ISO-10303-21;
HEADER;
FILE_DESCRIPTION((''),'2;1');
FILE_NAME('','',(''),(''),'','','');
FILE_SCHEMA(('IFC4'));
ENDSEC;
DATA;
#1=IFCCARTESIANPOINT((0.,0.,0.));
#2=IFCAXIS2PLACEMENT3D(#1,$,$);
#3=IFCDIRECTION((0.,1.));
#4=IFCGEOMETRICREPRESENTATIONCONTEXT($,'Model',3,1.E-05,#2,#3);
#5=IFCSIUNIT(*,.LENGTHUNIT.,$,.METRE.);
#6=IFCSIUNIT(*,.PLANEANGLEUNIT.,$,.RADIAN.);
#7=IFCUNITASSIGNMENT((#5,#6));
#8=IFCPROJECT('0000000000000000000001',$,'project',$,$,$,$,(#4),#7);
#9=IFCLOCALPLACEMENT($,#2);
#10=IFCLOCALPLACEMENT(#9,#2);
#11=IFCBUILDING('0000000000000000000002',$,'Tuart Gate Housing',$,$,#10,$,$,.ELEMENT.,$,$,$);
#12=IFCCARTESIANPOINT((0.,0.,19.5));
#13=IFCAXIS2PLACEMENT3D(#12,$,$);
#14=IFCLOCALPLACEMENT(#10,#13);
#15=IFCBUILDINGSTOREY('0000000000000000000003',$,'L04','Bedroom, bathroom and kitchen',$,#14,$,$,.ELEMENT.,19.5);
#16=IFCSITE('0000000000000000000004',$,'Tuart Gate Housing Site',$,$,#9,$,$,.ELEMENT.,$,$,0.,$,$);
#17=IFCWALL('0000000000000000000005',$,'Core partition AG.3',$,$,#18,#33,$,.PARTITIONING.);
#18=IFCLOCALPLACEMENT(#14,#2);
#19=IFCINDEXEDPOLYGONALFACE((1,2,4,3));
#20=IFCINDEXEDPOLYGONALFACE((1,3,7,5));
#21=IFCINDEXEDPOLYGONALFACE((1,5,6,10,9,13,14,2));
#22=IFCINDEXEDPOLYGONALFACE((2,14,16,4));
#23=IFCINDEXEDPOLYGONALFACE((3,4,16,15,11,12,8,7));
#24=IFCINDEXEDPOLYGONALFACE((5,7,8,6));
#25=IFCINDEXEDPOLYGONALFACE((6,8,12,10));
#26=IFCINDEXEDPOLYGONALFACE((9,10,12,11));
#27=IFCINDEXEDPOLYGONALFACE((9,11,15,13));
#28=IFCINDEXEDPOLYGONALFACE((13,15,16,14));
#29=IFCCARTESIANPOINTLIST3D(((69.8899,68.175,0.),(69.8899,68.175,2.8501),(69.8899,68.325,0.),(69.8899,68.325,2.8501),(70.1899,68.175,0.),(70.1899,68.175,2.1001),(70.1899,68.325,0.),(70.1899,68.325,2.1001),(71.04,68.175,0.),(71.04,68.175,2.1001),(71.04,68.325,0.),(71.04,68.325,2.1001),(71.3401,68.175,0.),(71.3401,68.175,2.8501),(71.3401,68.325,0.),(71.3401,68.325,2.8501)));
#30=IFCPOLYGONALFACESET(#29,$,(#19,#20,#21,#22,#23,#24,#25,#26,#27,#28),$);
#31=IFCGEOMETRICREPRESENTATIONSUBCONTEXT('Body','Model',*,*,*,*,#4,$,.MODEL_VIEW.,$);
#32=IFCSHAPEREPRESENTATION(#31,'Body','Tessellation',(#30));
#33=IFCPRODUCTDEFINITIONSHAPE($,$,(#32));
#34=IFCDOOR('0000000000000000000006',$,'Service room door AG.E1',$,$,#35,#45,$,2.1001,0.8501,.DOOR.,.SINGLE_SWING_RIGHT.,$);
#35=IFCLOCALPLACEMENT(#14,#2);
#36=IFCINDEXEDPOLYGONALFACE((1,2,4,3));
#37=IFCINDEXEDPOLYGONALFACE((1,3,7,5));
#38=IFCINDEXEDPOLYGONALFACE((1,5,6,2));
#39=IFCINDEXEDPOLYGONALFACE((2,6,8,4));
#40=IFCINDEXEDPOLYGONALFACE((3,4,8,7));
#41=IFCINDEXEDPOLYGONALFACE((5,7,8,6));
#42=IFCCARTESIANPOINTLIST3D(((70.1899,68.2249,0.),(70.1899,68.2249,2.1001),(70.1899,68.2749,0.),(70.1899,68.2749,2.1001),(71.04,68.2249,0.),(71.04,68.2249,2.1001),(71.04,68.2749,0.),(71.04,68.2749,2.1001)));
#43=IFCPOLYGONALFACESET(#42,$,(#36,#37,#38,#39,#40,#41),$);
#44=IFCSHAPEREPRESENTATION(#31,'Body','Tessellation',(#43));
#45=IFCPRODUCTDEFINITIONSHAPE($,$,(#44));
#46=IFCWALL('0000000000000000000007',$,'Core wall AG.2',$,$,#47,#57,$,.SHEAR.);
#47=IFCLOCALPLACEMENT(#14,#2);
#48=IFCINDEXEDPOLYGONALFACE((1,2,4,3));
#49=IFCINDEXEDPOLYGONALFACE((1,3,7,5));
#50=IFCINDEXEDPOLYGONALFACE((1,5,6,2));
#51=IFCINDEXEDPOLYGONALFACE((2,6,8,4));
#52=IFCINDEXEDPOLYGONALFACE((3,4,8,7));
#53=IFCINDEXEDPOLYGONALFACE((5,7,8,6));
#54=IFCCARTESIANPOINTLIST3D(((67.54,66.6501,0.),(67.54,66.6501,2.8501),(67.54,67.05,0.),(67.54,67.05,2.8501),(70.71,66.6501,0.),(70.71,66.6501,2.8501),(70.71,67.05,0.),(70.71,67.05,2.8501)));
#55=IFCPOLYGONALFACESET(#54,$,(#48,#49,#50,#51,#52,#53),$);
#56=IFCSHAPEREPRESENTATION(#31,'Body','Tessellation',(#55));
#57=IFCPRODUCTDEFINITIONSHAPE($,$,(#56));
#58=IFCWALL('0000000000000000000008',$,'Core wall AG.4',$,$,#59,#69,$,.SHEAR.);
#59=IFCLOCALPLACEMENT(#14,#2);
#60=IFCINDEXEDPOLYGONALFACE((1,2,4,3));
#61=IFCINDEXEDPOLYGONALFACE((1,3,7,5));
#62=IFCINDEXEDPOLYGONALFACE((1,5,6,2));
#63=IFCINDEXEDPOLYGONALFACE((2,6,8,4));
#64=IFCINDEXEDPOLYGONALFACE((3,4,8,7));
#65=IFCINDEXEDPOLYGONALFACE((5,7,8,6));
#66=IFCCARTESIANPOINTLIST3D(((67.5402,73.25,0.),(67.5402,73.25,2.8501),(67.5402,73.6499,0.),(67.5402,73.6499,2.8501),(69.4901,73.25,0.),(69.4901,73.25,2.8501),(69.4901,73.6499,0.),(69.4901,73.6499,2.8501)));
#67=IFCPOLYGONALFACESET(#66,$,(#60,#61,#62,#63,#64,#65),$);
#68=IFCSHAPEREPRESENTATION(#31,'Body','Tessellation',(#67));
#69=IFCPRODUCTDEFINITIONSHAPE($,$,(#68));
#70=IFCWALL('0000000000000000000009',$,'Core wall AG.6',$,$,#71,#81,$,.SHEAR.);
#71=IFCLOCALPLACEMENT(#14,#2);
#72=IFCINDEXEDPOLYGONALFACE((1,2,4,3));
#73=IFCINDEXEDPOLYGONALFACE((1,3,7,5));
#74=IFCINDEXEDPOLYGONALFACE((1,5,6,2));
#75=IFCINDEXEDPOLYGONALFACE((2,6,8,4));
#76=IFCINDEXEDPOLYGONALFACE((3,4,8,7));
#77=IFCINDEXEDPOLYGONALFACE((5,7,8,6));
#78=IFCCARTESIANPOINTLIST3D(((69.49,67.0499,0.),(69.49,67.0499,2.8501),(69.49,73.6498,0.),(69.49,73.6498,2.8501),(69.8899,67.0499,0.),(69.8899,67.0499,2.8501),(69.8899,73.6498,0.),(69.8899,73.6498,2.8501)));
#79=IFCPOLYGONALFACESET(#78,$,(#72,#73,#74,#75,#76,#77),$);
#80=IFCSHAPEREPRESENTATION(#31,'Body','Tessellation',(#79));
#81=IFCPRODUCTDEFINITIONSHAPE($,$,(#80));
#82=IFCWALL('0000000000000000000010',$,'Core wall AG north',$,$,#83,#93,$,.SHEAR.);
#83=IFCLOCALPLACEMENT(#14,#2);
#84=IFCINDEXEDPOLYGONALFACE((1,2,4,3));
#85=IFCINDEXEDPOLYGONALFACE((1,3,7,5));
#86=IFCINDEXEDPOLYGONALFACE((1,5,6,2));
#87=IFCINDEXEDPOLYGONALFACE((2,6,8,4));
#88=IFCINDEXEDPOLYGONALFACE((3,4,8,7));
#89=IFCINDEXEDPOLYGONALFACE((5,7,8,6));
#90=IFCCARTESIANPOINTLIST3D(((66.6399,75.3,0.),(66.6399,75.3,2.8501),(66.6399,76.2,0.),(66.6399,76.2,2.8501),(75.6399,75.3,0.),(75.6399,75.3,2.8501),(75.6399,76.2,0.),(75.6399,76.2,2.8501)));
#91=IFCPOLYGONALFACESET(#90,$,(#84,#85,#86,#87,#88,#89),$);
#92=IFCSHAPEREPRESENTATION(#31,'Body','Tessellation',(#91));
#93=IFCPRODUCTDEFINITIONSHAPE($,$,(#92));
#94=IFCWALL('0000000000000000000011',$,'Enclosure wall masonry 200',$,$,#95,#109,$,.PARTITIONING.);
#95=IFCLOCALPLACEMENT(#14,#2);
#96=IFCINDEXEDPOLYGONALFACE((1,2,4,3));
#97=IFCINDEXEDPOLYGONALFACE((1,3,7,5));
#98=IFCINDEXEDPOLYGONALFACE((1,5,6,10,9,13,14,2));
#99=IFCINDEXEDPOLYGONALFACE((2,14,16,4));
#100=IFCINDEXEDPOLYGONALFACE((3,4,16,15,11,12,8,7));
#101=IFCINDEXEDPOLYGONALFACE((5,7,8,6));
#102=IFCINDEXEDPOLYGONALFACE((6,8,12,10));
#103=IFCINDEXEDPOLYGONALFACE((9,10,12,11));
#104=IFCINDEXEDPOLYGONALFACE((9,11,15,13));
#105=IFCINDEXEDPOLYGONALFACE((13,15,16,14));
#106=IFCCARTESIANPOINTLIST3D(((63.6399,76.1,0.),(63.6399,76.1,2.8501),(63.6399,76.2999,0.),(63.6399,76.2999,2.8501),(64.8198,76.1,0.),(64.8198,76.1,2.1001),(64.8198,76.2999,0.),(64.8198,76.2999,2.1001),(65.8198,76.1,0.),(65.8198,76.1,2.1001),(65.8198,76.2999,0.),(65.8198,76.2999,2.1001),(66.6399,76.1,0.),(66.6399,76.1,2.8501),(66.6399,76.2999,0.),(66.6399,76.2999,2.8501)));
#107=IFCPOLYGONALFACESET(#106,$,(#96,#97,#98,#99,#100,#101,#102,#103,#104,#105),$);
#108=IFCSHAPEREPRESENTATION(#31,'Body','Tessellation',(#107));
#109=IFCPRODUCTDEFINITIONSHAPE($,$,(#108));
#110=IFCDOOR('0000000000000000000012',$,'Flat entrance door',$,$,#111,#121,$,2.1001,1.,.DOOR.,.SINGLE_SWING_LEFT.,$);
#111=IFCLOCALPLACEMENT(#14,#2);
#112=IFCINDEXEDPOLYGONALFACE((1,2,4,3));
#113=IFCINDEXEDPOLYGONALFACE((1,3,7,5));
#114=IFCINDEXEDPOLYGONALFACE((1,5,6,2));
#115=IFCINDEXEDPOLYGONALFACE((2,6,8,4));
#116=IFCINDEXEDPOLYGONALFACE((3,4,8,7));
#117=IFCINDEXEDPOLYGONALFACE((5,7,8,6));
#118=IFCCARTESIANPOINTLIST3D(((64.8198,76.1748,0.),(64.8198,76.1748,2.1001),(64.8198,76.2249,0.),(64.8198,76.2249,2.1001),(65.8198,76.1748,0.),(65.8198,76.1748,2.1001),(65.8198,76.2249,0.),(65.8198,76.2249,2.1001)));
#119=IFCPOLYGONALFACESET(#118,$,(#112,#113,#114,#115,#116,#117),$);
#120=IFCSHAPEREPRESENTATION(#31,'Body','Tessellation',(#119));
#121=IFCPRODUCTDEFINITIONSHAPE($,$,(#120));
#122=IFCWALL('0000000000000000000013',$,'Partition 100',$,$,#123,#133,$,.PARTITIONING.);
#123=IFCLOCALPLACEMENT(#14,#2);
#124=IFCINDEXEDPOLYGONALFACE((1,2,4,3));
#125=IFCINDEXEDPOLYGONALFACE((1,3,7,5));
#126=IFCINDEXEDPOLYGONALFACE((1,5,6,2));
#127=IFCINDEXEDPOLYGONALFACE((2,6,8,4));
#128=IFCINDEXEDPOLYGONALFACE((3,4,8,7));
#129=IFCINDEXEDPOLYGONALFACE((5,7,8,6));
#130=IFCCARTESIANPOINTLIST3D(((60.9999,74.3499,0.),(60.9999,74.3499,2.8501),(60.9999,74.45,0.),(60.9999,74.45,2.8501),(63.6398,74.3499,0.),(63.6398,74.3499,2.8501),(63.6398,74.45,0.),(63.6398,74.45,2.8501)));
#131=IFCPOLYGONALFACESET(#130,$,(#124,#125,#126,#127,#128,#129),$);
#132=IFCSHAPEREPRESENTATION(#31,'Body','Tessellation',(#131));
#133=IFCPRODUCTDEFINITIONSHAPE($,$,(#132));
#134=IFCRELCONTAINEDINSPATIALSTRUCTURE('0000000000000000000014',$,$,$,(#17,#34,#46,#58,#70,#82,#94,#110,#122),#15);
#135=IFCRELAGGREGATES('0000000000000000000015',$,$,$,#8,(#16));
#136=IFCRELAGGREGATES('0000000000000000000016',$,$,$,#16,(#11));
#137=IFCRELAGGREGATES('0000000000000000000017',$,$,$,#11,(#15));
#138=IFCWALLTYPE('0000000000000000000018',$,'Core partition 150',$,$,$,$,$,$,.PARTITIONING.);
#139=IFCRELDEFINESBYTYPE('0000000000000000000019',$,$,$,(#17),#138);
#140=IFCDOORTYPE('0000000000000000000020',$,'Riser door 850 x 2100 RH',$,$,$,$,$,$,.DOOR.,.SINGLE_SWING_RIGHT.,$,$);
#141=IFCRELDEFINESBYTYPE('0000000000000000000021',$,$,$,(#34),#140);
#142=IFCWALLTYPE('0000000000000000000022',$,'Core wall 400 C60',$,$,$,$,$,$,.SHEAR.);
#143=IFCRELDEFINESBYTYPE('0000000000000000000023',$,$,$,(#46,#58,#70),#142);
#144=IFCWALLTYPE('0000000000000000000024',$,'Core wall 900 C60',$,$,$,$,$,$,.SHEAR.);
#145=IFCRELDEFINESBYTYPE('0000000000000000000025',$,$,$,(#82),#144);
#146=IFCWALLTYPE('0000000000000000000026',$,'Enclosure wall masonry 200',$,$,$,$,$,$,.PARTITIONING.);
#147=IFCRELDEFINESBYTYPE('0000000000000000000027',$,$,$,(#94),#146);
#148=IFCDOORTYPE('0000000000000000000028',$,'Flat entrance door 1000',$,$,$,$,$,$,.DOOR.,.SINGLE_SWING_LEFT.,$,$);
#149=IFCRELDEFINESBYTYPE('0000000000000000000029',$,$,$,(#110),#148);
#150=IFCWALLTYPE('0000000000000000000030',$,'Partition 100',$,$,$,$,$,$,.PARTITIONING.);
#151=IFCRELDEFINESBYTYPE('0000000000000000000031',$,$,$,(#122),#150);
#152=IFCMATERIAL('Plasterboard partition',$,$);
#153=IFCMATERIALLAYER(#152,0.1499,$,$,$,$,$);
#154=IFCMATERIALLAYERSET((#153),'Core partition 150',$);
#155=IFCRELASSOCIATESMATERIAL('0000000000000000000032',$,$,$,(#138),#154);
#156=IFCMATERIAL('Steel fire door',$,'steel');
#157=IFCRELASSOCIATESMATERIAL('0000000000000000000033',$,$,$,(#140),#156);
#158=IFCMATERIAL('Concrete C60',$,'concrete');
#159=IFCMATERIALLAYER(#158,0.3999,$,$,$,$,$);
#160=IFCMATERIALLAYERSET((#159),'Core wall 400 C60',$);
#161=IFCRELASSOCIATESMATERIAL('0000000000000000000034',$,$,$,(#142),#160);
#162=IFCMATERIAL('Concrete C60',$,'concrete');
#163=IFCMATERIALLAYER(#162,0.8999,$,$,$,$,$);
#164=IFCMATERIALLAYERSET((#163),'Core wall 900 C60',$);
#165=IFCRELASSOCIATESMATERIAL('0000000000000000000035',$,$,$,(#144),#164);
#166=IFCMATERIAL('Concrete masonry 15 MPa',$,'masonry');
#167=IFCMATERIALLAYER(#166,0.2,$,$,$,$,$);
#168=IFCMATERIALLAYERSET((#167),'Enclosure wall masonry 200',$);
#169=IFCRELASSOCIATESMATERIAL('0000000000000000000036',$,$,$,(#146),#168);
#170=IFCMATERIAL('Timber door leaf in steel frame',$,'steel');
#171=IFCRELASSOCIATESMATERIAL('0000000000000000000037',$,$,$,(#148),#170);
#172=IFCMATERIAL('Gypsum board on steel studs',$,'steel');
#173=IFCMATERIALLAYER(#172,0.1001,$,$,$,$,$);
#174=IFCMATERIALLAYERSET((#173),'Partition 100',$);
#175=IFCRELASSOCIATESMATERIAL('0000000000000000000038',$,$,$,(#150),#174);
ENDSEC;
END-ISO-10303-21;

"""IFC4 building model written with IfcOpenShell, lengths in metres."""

from ifc_helpers import new_model, si_unit, direction, frame, frame_2d, origin, place, context, subcontext, project, spatial, rectangle, extrude, material, layer, layer_set, type_object, element, fill, save


model = new_model("IFC4")

# Units and contexts
model_context = context("Model", 3, precision=1e-05, world=origin(), true_north=direction((0.0, 1.0)))
body_context = subcontext(model_context, "Body", "Model", "MODEL_VIEW")
ifc_project = project(units=[si_unit("LENGTHUNIT", "METRE"), si_unit("PLANEANGLEUNIT", "RADIAN")], contexts=[model_context])

# Site, building, storey
site_placement = place(None, origin())
site = spatial("IfcSite", under=ifc_project, at=site_placement, Name="Tuart Gate Housing Site", CompositionType="ELEMENT", RefElevation=0.0)
building_placement = place(site_placement, origin())
building = spatial("IfcBuilding", under=site, at=building_placement, Name="Tuart Gate Housing", CompositionType="ELEMENT")
storey_placement = place(building_placement, frame((0.0, 0.0, 19.5)))
storey = spatial("IfcBuildingStorey", under=building, at=storey_placement, Name="L04", Description="Bedroom, bathroom and kitchen", CompositionType="ELEMENT", Elevation=19.5)

# Wall, opening, door
ifc_material_1 = material(Name="Plasterboard partition")
ifc_layer_1 = layer(ifc_material_1, 0.1499)
ifc_layer_set_1 = layer_set([ifc_layer_1], Name="Core partition 150")
wall_type_1 = type_object("IfcWallType", Name="Core partition 150", PredefinedType="PARTITIONING", material=ifc_layer_set_1)
wall_1_placement = place(storey_placement, frame((69.8899, 68.25, 0.0), z_axis=(0.0, 0.0, 1.0), x_axis=(1.0, 0.0, 0.0)))
wall_1 = element("IfcWall", 1, at=wall_1_placement, inside=storey, type_object=wall_type_1, Name="Core partition AG.3", PredefinedType="PARTITIONING", context=body_context, shape_type="SweptSolid", body=[
    extrude(rectangle(XDim=1.4502, YDim=0.1499, at=frame_2d((0.7251, 0.0))), origin(), (0.0, 0.0, 1.0), 2.8501),
])
opening_1_placement = place(wall_1_placement, frame((0.3, 0.0, 0.0)))
opening_1 = element("IfcOpeningElement", 2, at=opening_1_placement, cuts=wall_1, PredefinedType="OPENING", context=body_context, shape_type="SweptSolid", body=[
    extrude(rectangle(XDim=0.8501, YDim=2.1001, at=frame_2d((0.425, 1.05))), frame((0.0, 0.085, 0.0), z_axis=(0.0, -1.0, 0.0), x_axis=(1.0, 0.0, 0.0)), (0.0, 0.0, 1.0), 0.1699),
])
ifc_material_2 = material(Name="Steel fire door", Category="steel")
door_type_1 = type_object("IfcDoorType", Name="Riser door 850 x 2100 RH", OperationType="SINGLE_SWING_RIGHT", PredefinedType="DOOR", material=ifc_material_2)
door_1_placement = place(opening_1_placement, frame((0.8501, 0.0, 0.0), z_axis=(0.0, 0.0, 1.0), x_axis=(-1.0, 0.0, 0.0)))
door_1 = element("IfcDoor", 3, at=door_1_placement, inside=storey, type_object=door_type_1, Name="Service room door AG.E1", OperationType="SINGLE_SWING_RIGHT", OverallHeight=2.1001, OverallWidth=0.8501, PredefinedType="DOOR", context=body_context, shape_type="SweptSolid", body=[
    extrude(rectangle(XDim=0.8501, YDim=2.1001, at=frame_2d((0.425, 1.05))), frame((0.0, 0.0251, 0.0), z_axis=(0.0, -1.0, 0.0), x_axis=(1.0, 0.0, 0.0)), (0.0, 0.0, 1.0), 0.05),
])
fill(opening_1, door_1)

# Walls
ifc_material_3 = material(Name="Concrete C60", Category="concrete")
ifc_layer_2 = layer(ifc_material_3, 0.3999)
ifc_layer_set_2 = layer_set([ifc_layer_2], Name="Core wall 400 C60")
wall_type_2 = type_object("IfcWallType", Name="Core wall 400 C60", PredefinedType="SHEAR", material=ifc_layer_set_2)
wall_2_placement = place(storey_placement, frame((67.54, 66.8501, 0.0), z_axis=(0.0, 0.0, 1.0), x_axis=(1.0, 0.0, 0.0)))
element("IfcWall", 4, at=wall_2_placement, inside=storey, type_object=wall_type_2, Name="Core wall AG.2", PredefinedType="SHEAR", context=body_context, shape_type="SweptSolid", body=[
    extrude(rectangle(XDim=3.1699, YDim=0.3999, at=frame_2d((1.585, 0.0))), origin(), (0.0, 0.0, 1.0), 2.8501),
])
wall_3_placement = place(storey_placement, frame((67.54, 73.45, 0.0), z_axis=(0.0, 0.0, 1.0), x_axis=(1.0, 0.0, 0.0)))
element("IfcWall", 5, at=wall_3_placement, inside=storey, type_object=wall_type_2, Name="Core wall AG.4", PredefinedType="SHEAR", context=body_context, shape_type="SweptSolid", body=[
    extrude(rectangle(XDim=1.95, YDim=0.3999, at=frame_2d((0.9751, 0.0))), origin(), (0.0, 0.0, 1.0), 2.8501),
])
wall_4_placement = place(storey_placement, frame((69.6899, 67.05, 0.0), z_axis=(0.0, 0.0, 1.0), x_axis=(0.0, 1.0, 0.0)))
element("IfcWall", 6, at=wall_4_placement, inside=storey, type_object=wall_type_2, Name="Core wall AG.6", PredefinedType="SHEAR", context=body_context, shape_type="SweptSolid", body=[
    extrude(rectangle(XDim=6.5999, YDim=0.3999, at=frame_2d((3.2998, 0.0))), origin(), (0.0, 0.0, 1.0), 2.8501),
])
ifc_material_4 = material(Name="Concrete C60", Category="concrete")
ifc_layer_3 = layer(ifc_material_4, 0.8999)
ifc_layer_set_3 = layer_set([ifc_layer_3], Name="Core wall 900 C60")
wall_type_3 = type_object("IfcWallType", Name="Core wall 900 C60", PredefinedType="SHEAR", material=ifc_layer_set_3)
wall_5_placement = place(storey_placement, frame((66.6399, 75.75, 0.0), z_axis=(0.0, 0.0, 1.0), x_axis=(1.0, 0.0, 0.0)))
element("IfcWall", 7, at=wall_5_placement, inside=storey, type_object=wall_type_3, Name="Core wall AG north", PredefinedType="SHEAR", context=body_context, shape_type="SweptSolid", body=[
    extrude(rectangle(XDim=9.0, YDim=0.8999, at=frame_2d((4.5, 0.0))), origin(), (0.0, 0.0, 1.0), 2.8501),
])

# Wall, opening, door
ifc_material_5 = material(Name="Concrete masonry 15 MPa", Category="masonry")
ifc_layer_4 = layer(ifc_material_5, 0.2)
ifc_layer_set_4 = layer_set([ifc_layer_4], Name="Enclosure wall masonry 200")
wall_type_4 = type_object("IfcWallType", Name="Enclosure wall masonry 200", PredefinedType="PARTITIONING", material=ifc_layer_set_4)
wall_6_placement = place(storey_placement, frame((63.6399, 76.2, 0.0), z_axis=(0.0, 0.0, 1.0), x_axis=(1.0, 0.0, 0.0)))
wall_6 = element("IfcWall", 8, at=wall_6_placement, inside=storey, type_object=wall_type_4, Name="Enclosure wall masonry 200", PredefinedType="PARTITIONING", context=body_context, shape_type="SweptSolid", body=[
    extrude(rectangle(XDim=3.0, YDim=0.2, at=frame_2d((1.5, 0.0))), origin(), (0.0, 0.0, 1.0), 2.8501),
])
opening_2_placement = place(wall_6_placement, frame((1.1799, 0.0, 0.0)))
opening_2 = element("IfcOpeningElement", 9, at=opening_2_placement, cuts=wall_6, PredefinedType="OPENING", context=body_context, shape_type="SweptSolid", body=[
    extrude(rectangle(XDim=1.0, YDim=2.1001, at=frame_2d((0.5, 1.05))), frame((0.0, 0.1099, 0.0), z_axis=(0.0, -1.0, 0.0), x_axis=(1.0, 0.0, 0.0)), (0.0, 0.0, 1.0), 0.22),
])
ifc_material_6 = material(Name="Timber door leaf in steel frame", Category="steel")
door_type_2 = type_object("IfcDoorType", Name="Flat entrance door 1000", OperationType="SINGLE_SWING_LEFT", PredefinedType="DOOR", material=ifc_material_6)
door_2_placement = place(opening_2_placement, origin())
door_2 = element("IfcDoor", 10, at=door_2_placement, inside=storey, type_object=door_type_2, Name="Flat entrance door", OperationType="SINGLE_SWING_LEFT", OverallHeight=2.1001, OverallWidth=1.0, PredefinedType="DOOR", context=body_context, shape_type="SweptSolid", body=[
    extrude(rectangle(XDim=1.0, YDim=2.1001, at=frame_2d((0.5, 1.05))), frame((0.0, 0.0249, 0.0), z_axis=(0.0, -1.0, 0.0), x_axis=(1.0, 0.0, 0.0)), (0.0, 0.0, 1.0), 0.05),
])
fill(opening_2, door_2)

# Wall
ifc_material_7 = material(Name="Gypsum board on steel studs", Category="steel")
ifc_layer_5 = layer(ifc_material_7, 0.1001)
ifc_layer_set_5 = layer_set([ifc_layer_5], Name="Partition 100")
wall_type_5 = type_object("IfcWallType", Name="Partition 100", PredefinedType="PARTITIONING", material=ifc_layer_set_5)
wall_7_placement = place(storey_placement, frame((61.0, 74.3999, 0.0), z_axis=(0.0, 0.0, 1.0), x_axis=(1.0, 0.0, 0.0)))
element("IfcWall", 11, at=wall_7_placement, inside=storey, type_object=wall_type_5, Name="Partition 100", PredefinedType="PARTITIONING", context=body_context, shape_type="SweptSolid", body=[
    extrude(rectangle(XDim=2.6399, YDim=0.1001, at=frame_2d((1.3198, 0.0))), origin(), (0.0, 0.0, 1.0), 2.8501),
])

save(model, "model.ifc")
